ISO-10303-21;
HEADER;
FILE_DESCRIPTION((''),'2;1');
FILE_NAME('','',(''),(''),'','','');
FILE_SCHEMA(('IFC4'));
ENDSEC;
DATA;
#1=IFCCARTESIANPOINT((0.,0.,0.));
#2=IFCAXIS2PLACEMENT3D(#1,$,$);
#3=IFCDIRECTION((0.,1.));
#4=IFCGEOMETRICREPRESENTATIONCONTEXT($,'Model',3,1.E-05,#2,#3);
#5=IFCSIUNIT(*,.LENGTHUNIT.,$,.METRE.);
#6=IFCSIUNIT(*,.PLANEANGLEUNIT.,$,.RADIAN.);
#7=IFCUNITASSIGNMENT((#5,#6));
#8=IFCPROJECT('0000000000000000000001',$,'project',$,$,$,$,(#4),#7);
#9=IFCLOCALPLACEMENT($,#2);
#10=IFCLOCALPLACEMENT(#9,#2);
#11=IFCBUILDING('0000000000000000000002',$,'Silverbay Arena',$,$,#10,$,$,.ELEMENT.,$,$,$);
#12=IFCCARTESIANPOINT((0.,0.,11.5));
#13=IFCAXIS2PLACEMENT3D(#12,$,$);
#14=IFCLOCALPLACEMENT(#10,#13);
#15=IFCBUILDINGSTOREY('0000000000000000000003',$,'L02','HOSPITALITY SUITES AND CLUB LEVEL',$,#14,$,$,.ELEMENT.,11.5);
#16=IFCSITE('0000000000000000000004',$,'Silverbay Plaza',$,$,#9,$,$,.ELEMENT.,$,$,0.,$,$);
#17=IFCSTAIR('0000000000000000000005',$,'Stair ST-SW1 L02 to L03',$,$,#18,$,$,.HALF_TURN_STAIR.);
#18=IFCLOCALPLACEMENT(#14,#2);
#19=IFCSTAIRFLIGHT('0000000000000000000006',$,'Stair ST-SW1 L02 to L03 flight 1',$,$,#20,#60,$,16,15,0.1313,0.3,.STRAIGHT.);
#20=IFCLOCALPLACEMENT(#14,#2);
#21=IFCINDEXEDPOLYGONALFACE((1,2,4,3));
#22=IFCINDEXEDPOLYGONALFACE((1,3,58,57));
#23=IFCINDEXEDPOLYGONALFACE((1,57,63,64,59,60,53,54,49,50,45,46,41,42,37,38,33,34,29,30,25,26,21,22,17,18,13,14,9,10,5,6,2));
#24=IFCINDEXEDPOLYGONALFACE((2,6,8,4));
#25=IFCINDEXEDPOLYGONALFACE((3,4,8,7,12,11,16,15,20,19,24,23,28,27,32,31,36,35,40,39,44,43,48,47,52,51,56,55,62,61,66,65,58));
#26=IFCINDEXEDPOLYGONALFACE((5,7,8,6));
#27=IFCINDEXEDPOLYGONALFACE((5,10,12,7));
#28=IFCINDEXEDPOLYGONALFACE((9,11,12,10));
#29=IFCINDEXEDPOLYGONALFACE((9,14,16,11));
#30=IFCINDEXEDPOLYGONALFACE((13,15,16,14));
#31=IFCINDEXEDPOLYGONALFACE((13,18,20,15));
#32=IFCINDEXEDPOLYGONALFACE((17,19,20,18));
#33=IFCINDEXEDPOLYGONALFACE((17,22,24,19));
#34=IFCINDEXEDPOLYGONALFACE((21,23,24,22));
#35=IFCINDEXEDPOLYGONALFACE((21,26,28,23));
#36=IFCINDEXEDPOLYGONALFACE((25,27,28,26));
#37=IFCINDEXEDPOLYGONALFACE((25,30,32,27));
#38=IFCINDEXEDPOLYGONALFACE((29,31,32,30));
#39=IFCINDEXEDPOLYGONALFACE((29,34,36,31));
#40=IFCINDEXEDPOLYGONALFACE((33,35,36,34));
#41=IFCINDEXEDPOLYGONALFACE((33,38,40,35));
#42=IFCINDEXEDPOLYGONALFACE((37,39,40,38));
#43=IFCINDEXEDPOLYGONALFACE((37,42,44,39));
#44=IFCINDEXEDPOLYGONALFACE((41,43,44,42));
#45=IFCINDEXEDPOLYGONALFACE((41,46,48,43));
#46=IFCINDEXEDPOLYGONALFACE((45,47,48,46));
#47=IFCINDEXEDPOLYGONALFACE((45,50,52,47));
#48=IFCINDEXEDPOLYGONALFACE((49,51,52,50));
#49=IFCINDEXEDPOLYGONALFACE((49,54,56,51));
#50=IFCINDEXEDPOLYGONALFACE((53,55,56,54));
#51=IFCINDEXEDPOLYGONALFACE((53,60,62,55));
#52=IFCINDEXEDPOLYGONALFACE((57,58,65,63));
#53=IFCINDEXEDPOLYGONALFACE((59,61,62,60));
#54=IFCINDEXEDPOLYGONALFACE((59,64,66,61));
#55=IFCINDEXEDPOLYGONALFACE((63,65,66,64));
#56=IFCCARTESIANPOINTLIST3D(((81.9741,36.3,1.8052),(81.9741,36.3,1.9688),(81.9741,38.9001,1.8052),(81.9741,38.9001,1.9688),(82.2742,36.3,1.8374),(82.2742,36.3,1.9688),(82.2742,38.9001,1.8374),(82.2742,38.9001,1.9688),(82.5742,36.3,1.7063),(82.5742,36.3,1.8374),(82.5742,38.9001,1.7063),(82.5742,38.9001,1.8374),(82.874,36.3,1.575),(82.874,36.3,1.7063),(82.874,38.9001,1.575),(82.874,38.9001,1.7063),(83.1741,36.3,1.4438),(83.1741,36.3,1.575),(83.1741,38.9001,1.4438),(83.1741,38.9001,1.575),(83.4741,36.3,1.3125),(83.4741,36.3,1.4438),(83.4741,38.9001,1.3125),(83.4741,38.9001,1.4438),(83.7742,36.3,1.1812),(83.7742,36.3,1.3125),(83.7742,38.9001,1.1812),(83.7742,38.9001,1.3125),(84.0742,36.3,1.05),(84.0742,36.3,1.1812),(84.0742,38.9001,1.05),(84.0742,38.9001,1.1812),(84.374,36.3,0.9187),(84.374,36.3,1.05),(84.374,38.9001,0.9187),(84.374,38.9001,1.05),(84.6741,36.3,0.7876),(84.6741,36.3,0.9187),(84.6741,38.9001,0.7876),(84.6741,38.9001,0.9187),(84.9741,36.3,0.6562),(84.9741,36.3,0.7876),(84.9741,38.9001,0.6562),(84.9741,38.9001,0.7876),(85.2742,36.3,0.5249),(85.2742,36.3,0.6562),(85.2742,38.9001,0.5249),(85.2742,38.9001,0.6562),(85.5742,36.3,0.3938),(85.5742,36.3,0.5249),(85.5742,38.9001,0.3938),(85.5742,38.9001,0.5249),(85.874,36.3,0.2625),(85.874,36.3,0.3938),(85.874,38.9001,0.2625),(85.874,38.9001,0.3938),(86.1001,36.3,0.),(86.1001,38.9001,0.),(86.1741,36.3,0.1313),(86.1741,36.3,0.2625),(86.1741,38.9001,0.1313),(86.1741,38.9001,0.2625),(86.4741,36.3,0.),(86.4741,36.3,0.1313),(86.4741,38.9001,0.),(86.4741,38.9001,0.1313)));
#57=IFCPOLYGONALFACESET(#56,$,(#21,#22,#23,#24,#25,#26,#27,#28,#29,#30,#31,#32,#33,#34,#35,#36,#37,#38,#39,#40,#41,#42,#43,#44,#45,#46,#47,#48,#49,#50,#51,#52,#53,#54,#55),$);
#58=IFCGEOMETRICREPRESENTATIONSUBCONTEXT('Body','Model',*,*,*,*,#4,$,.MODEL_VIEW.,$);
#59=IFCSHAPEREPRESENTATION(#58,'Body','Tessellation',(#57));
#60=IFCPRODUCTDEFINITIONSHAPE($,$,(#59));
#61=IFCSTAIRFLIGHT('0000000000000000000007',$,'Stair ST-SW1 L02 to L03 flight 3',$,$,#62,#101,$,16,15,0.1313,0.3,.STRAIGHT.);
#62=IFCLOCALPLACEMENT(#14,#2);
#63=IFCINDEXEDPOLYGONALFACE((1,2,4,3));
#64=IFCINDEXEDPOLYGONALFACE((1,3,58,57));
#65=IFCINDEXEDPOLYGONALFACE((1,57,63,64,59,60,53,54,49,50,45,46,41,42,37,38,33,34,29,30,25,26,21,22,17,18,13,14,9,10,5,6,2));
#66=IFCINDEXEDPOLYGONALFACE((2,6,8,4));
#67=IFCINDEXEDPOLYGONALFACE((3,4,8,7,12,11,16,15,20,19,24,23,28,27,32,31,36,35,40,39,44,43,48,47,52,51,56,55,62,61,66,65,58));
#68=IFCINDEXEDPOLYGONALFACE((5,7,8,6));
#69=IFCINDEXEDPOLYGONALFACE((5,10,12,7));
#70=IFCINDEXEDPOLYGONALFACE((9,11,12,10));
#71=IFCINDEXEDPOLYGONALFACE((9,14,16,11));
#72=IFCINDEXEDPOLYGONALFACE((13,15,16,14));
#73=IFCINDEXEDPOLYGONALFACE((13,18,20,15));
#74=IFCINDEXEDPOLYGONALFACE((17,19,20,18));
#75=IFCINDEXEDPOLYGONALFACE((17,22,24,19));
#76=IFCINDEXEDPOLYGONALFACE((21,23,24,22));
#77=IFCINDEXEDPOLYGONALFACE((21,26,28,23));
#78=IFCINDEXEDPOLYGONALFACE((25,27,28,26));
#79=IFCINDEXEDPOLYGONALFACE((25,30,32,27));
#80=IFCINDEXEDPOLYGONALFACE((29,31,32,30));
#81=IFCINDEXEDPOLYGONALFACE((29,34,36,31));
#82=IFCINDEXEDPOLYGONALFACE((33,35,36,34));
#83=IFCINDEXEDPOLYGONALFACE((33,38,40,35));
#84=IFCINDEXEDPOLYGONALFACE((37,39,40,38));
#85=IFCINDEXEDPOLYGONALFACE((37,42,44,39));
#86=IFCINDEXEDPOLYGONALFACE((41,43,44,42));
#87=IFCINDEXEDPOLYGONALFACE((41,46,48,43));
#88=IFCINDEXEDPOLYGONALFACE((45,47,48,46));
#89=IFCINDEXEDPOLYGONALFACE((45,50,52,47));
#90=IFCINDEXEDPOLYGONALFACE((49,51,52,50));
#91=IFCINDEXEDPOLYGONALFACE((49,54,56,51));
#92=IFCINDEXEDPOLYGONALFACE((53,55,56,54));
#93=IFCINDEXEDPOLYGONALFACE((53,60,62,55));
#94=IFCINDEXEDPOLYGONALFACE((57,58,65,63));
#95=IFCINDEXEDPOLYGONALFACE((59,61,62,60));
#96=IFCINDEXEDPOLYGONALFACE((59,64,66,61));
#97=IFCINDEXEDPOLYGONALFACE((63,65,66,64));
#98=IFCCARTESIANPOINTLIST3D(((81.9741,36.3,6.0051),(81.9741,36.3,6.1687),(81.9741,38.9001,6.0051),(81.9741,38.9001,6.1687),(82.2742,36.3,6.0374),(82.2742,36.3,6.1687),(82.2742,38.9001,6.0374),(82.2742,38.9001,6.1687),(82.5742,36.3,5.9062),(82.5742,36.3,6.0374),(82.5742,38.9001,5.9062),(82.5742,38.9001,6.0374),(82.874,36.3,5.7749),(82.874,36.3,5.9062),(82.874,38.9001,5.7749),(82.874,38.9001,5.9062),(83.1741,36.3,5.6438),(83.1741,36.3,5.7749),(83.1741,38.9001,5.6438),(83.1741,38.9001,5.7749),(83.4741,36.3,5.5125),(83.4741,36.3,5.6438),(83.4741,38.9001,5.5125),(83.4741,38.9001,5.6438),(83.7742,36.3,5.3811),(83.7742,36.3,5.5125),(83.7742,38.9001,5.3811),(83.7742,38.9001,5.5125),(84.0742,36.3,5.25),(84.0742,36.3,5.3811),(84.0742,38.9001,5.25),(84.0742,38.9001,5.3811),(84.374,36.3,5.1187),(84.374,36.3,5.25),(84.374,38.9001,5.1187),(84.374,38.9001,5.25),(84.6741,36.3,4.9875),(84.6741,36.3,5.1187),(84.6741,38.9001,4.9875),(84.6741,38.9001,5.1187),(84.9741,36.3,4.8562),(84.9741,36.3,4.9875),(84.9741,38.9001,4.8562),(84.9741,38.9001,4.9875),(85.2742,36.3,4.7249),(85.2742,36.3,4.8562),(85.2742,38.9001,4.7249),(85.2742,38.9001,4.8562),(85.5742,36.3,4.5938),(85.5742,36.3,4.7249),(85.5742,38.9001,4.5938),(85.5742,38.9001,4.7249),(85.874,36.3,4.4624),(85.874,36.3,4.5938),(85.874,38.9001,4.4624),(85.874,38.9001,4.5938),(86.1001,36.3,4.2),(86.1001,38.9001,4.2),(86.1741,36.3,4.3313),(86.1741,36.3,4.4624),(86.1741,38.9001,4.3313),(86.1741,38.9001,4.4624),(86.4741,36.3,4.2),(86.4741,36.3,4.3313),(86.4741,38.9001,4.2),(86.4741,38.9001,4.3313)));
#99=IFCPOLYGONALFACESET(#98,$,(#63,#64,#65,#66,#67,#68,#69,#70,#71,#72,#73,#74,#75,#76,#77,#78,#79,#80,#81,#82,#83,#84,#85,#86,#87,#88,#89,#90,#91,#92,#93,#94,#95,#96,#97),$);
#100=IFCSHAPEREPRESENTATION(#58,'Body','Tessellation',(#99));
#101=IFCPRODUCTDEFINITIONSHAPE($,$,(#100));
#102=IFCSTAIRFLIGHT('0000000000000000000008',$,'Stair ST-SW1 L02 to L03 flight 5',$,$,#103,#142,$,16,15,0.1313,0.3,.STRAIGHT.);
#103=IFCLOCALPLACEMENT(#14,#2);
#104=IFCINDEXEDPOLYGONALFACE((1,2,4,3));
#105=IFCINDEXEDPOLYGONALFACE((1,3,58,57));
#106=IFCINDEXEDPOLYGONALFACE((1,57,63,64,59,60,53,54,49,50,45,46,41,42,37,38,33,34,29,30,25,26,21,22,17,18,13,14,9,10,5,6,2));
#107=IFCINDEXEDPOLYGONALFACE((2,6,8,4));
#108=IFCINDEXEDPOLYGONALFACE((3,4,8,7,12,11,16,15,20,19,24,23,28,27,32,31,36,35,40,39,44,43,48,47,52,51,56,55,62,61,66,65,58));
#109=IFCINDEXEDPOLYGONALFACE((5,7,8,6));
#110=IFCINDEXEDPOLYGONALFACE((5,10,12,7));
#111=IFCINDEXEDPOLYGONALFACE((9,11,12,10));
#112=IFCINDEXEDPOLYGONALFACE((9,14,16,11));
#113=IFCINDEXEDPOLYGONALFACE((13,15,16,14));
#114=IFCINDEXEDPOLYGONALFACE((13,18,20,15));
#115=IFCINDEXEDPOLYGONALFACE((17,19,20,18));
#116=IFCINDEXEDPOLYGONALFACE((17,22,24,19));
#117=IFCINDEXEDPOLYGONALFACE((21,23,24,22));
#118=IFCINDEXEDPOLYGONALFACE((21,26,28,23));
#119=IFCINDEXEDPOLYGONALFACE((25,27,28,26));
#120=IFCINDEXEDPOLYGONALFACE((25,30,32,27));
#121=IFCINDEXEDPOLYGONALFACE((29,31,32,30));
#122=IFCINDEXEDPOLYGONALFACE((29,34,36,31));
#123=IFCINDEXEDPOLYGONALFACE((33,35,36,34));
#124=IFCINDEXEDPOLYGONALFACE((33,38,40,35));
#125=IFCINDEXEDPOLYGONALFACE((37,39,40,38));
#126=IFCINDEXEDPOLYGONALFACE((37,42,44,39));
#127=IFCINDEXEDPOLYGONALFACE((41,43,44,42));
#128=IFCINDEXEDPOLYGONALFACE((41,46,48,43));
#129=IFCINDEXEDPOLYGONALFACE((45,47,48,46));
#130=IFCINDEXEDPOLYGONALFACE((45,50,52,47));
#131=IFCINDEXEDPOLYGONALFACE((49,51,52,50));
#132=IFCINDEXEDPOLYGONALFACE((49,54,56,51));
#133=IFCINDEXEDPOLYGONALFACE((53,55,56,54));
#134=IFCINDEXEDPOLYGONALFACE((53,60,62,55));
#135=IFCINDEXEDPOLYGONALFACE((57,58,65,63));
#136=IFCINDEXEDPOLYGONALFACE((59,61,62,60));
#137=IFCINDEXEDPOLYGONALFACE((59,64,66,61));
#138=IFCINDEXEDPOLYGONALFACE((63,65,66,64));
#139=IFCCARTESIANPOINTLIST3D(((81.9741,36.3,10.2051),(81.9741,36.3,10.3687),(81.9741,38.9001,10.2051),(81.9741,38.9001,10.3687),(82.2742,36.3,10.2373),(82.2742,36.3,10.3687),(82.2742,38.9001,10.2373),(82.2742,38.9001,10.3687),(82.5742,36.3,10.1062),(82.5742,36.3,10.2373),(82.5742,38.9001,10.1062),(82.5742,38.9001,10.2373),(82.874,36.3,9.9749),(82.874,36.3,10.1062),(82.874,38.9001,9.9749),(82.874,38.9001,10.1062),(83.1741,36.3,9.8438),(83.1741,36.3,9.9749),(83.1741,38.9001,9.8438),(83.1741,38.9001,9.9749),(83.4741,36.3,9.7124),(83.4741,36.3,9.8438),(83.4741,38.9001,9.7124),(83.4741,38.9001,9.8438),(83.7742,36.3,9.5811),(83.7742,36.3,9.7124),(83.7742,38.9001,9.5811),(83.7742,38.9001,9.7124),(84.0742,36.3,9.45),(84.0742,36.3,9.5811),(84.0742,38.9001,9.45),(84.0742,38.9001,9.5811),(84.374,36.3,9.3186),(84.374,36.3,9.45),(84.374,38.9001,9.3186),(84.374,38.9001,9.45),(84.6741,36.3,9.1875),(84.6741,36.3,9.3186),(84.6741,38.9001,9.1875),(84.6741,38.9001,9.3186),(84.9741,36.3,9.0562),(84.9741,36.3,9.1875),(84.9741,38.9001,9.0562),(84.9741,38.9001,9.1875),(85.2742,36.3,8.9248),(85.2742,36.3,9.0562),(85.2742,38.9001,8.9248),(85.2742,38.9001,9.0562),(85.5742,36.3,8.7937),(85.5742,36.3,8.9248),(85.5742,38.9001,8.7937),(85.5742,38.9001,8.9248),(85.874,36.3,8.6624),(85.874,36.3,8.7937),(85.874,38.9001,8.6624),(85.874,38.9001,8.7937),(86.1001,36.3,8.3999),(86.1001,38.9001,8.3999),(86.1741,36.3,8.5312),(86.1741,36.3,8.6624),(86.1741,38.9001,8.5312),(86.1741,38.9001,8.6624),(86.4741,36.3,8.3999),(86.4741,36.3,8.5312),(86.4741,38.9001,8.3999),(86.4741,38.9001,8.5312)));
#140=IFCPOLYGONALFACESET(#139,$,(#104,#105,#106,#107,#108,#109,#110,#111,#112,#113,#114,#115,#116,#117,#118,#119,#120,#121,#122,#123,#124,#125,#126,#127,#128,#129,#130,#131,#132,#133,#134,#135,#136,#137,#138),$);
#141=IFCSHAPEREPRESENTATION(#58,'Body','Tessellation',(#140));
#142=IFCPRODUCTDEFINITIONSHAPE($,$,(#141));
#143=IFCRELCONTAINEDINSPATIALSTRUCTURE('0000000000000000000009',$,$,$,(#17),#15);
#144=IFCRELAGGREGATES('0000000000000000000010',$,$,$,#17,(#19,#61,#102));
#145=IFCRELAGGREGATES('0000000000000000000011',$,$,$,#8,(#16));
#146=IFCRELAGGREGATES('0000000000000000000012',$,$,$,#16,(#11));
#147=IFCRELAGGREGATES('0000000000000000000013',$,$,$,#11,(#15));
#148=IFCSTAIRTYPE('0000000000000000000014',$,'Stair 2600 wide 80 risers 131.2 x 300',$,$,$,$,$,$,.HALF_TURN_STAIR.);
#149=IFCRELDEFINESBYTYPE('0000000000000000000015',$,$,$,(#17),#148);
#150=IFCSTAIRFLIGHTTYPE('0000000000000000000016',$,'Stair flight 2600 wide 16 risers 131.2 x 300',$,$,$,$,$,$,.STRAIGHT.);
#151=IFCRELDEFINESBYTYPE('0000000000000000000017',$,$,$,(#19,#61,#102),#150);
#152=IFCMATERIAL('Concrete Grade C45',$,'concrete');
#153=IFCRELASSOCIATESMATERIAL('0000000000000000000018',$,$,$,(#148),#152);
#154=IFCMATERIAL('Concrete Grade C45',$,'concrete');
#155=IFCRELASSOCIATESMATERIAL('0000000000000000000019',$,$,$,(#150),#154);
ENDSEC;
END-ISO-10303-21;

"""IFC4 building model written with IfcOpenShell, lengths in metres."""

from ifc_helpers import new_model, si_unit, direction, frame, origin, place, context, subcontext, project, spatial, polyline, outline, extrude, material, type_object, element, aggregate, save


model = new_model("IFC4")

# Units and contexts
model_context = context("Model", 3, precision=1e-05, world=origin(), true_north=direction((0.0, 1.0)))
body_context = subcontext(model_context, "Body", "Model", "MODEL_VIEW")
ifc_project = project(units=[si_unit("LENGTHUNIT", "METRE"), si_unit("PLANEANGLEUNIT", "RADIAN")], contexts=[model_context])

# Site, building, storey
site_placement = place(None, origin())
site = spatial("IfcSite", under=ifc_project, at=site_placement, Name="Silverbay Plaza", CompositionType="ELEMENT", RefElevation=0.0)
building_placement = place(site_placement, origin())
building = spatial("IfcBuilding", under=site, at=building_placement, Name="Silverbay Arena", CompositionType="ELEMENT")
storey_placement = place(building_placement, frame((0.0, 0.0, 11.5)))
storey = spatial("IfcBuildingStorey", under=building, at=storey_placement, Name="L02", Description="HOSPITALITY SUITES AND CLUB LEVEL", CompositionType="ELEMENT", Elevation=11.5)

# Stair, stair flights
ifc_material_1 = material(Name="Concrete Grade C45", Category="concrete")
stair_type = type_object("IfcStairType", Name="Stair 2600 wide 80 risers 131.2 x 300", PredefinedType="HALF_TURN_STAIR", material=ifc_material_1)
stair_placement = place(storey_placement, origin())
stair = element("IfcStair", 1, at=stair_placement, inside=storey, type_object=stair_type, Name="Stair ST-SW1 L02 to L03", PredefinedType="HALF_TURN_STAIR")
ifc_material_2 = material(Name="Concrete Grade C45", Category="concrete")
stair_flight_type = type_object("IfcStairFlightType", Name="Stair flight 2600 wide 16 risers 131.2 x 300", PredefinedType="STRAIGHT", material=ifc_material_2)
stair_flight_1_placement = place(storey_placement, frame((86.4741, 37.6001, 0.0), z_axis=(0.0, 0.0, 1.0), x_axis=(-1.0, 0.0, 0.0)))
stair_flight_1 = element("IfcStairFlight", 2, at=stair_flight_1_placement, type_object=stair_flight_type, Name="Stair ST-SW1 L02 to L03 flight 1", NumberOfRisers=16, NumberOfTreads=15, PredefinedType="STRAIGHT", RiserHeight=0.1313, TreadLength=0.3, context=body_context, shape_type="SweptSolid", body=[
    extrude(outline(polyline([(0.0, 0.0), (0.0, 0.1313), (0.3, 0.1313), (0.3, 0.2625), (0.6001, 0.2625), (0.6001, 0.3938), (0.8999, 0.3938), (0.8999, 0.5249), (1.2, 0.5249), (1.2, 0.6562), (1.5, 0.6562), (1.5, 0.7876), (1.8, 0.7876), (1.8, 0.9187), (2.1001, 0.9187), (2.1001, 1.05), (2.3999, 1.05), (2.3999, 1.1812), (2.7, 1.1812), (2.7, 1.3125), (3.0, 1.3125), (3.0, 1.4438), (3.3, 1.4438), (3.3, 1.575), (3.6001, 1.575), (3.6001, 1.7063), (3.8999, 1.7063), (3.8999, 1.8374), (4.2, 1.8374), (4.2, 1.9688), (4.5, 1.9688), (4.5, 1.8052), (0.374, 0.0), (0.0, 0.0)])), frame((0.0, 1.3, 0.0), z_axis=(0.0, -1.0, 0.0), x_axis=(1.0, 0.0, 0.0)), (0.0, 0.0, 1.0), 2.6001),
])
stair_flight_2_placement = place(storey_placement, frame((86.4741, 37.6001, 4.2), z_axis=(0.0, 0.0, 1.0), x_axis=(-1.0, 0.0, 0.0)))
stair_flight_2 = element("IfcStairFlight", 3, at=stair_flight_2_placement, type_object=stair_flight_type, Name="Stair ST-SW1 L02 to L03 flight 3", NumberOfRisers=16, NumberOfTreads=15, PredefinedType="STRAIGHT", RiserHeight=0.1313, TreadLength=0.3, context=body_context, shape_type="SweptSolid", body=[
    extrude(outline(polyline([(0.0, 0.0), (0.0, 0.1313), (0.3, 0.1313), (0.3, 0.2625), (0.6001, 0.2625), (0.6001, 0.3938), (0.8999, 0.3938), (0.8999, 0.5249), (1.2, 0.5249), (1.2, 0.6562), (1.5, 0.6562), (1.5, 0.7876), (1.8, 0.7876), (1.8, 0.9187), (2.1001, 0.9187), (2.1001, 1.05), (2.3999, 1.05), (2.3999, 1.1812), (2.7, 1.1812), (2.7, 1.3125), (3.0, 1.3125), (3.0, 1.4438), (3.3, 1.4438), (3.3, 1.575), (3.6001, 1.575), (3.6001, 1.7063), (3.8999, 1.7063), (3.8999, 1.8374), (4.2, 1.8374), (4.2, 1.9688), (4.5, 1.9688), (4.5, 1.8052), (0.374, 0.0), (0.0, 0.0)])), frame((0.0, 1.3, 0.0), z_axis=(0.0, -1.0, 0.0), x_axis=(1.0, 0.0, 0.0)), (0.0, 0.0, 1.0), 2.6001),
])
stair_flight_3_placement = place(storey_placement, frame((86.4741, 37.6001, 8.3999), z_axis=(0.0, 0.0, 1.0), x_axis=(-1.0, 0.0, 0.0)))
stair_flight_3 = element("IfcStairFlight", 4, at=stair_flight_3_placement, type_object=stair_flight_type, Name="Stair ST-SW1 L02 to L03 flight 5", NumberOfRisers=16, NumberOfTreads=15, PredefinedType="STRAIGHT", RiserHeight=0.1313, TreadLength=0.3, context=body_context, shape_type="SweptSolid", body=[
    extrude(outline(polyline([(0.0, 0.0), (0.0, 0.1313), (0.3, 0.1313), (0.3, 0.2625), (0.6001, 0.2625), (0.6001, 0.3938), (0.8999, 0.3938), (0.8999, 0.5249), (1.2, 0.5249), (1.2, 0.6562), (1.5, 0.6562), (1.5, 0.7876), (1.8, 0.7876), (1.8, 0.9187), (2.1001, 0.9187), (2.1001, 1.05), (2.3999, 1.05), (2.3999, 1.1812), (2.7, 1.1812), (2.7, 1.3125), (3.0, 1.3125), (3.0, 1.4438), (3.3, 1.4438), (3.3, 1.575), (3.6001, 1.575), (3.6001, 1.7063), (3.8999, 1.7063), (3.8999, 1.8374), (4.2, 1.8374), (4.2, 1.9688), (4.5, 1.9688), (4.5, 1.8052), (0.374, 0.0), (0.0, 0.0)])), frame((0.0, 1.3, 0.0), z_axis=(0.0, -1.0, 0.0), x_axis=(1.0, 0.0, 0.0)), (0.0, 0.0, 1.0), 2.6001),
])
aggregate(stair, [stair_flight_1, stair_flight_2, stair_flight_3])

save(model, "model.ifc")
